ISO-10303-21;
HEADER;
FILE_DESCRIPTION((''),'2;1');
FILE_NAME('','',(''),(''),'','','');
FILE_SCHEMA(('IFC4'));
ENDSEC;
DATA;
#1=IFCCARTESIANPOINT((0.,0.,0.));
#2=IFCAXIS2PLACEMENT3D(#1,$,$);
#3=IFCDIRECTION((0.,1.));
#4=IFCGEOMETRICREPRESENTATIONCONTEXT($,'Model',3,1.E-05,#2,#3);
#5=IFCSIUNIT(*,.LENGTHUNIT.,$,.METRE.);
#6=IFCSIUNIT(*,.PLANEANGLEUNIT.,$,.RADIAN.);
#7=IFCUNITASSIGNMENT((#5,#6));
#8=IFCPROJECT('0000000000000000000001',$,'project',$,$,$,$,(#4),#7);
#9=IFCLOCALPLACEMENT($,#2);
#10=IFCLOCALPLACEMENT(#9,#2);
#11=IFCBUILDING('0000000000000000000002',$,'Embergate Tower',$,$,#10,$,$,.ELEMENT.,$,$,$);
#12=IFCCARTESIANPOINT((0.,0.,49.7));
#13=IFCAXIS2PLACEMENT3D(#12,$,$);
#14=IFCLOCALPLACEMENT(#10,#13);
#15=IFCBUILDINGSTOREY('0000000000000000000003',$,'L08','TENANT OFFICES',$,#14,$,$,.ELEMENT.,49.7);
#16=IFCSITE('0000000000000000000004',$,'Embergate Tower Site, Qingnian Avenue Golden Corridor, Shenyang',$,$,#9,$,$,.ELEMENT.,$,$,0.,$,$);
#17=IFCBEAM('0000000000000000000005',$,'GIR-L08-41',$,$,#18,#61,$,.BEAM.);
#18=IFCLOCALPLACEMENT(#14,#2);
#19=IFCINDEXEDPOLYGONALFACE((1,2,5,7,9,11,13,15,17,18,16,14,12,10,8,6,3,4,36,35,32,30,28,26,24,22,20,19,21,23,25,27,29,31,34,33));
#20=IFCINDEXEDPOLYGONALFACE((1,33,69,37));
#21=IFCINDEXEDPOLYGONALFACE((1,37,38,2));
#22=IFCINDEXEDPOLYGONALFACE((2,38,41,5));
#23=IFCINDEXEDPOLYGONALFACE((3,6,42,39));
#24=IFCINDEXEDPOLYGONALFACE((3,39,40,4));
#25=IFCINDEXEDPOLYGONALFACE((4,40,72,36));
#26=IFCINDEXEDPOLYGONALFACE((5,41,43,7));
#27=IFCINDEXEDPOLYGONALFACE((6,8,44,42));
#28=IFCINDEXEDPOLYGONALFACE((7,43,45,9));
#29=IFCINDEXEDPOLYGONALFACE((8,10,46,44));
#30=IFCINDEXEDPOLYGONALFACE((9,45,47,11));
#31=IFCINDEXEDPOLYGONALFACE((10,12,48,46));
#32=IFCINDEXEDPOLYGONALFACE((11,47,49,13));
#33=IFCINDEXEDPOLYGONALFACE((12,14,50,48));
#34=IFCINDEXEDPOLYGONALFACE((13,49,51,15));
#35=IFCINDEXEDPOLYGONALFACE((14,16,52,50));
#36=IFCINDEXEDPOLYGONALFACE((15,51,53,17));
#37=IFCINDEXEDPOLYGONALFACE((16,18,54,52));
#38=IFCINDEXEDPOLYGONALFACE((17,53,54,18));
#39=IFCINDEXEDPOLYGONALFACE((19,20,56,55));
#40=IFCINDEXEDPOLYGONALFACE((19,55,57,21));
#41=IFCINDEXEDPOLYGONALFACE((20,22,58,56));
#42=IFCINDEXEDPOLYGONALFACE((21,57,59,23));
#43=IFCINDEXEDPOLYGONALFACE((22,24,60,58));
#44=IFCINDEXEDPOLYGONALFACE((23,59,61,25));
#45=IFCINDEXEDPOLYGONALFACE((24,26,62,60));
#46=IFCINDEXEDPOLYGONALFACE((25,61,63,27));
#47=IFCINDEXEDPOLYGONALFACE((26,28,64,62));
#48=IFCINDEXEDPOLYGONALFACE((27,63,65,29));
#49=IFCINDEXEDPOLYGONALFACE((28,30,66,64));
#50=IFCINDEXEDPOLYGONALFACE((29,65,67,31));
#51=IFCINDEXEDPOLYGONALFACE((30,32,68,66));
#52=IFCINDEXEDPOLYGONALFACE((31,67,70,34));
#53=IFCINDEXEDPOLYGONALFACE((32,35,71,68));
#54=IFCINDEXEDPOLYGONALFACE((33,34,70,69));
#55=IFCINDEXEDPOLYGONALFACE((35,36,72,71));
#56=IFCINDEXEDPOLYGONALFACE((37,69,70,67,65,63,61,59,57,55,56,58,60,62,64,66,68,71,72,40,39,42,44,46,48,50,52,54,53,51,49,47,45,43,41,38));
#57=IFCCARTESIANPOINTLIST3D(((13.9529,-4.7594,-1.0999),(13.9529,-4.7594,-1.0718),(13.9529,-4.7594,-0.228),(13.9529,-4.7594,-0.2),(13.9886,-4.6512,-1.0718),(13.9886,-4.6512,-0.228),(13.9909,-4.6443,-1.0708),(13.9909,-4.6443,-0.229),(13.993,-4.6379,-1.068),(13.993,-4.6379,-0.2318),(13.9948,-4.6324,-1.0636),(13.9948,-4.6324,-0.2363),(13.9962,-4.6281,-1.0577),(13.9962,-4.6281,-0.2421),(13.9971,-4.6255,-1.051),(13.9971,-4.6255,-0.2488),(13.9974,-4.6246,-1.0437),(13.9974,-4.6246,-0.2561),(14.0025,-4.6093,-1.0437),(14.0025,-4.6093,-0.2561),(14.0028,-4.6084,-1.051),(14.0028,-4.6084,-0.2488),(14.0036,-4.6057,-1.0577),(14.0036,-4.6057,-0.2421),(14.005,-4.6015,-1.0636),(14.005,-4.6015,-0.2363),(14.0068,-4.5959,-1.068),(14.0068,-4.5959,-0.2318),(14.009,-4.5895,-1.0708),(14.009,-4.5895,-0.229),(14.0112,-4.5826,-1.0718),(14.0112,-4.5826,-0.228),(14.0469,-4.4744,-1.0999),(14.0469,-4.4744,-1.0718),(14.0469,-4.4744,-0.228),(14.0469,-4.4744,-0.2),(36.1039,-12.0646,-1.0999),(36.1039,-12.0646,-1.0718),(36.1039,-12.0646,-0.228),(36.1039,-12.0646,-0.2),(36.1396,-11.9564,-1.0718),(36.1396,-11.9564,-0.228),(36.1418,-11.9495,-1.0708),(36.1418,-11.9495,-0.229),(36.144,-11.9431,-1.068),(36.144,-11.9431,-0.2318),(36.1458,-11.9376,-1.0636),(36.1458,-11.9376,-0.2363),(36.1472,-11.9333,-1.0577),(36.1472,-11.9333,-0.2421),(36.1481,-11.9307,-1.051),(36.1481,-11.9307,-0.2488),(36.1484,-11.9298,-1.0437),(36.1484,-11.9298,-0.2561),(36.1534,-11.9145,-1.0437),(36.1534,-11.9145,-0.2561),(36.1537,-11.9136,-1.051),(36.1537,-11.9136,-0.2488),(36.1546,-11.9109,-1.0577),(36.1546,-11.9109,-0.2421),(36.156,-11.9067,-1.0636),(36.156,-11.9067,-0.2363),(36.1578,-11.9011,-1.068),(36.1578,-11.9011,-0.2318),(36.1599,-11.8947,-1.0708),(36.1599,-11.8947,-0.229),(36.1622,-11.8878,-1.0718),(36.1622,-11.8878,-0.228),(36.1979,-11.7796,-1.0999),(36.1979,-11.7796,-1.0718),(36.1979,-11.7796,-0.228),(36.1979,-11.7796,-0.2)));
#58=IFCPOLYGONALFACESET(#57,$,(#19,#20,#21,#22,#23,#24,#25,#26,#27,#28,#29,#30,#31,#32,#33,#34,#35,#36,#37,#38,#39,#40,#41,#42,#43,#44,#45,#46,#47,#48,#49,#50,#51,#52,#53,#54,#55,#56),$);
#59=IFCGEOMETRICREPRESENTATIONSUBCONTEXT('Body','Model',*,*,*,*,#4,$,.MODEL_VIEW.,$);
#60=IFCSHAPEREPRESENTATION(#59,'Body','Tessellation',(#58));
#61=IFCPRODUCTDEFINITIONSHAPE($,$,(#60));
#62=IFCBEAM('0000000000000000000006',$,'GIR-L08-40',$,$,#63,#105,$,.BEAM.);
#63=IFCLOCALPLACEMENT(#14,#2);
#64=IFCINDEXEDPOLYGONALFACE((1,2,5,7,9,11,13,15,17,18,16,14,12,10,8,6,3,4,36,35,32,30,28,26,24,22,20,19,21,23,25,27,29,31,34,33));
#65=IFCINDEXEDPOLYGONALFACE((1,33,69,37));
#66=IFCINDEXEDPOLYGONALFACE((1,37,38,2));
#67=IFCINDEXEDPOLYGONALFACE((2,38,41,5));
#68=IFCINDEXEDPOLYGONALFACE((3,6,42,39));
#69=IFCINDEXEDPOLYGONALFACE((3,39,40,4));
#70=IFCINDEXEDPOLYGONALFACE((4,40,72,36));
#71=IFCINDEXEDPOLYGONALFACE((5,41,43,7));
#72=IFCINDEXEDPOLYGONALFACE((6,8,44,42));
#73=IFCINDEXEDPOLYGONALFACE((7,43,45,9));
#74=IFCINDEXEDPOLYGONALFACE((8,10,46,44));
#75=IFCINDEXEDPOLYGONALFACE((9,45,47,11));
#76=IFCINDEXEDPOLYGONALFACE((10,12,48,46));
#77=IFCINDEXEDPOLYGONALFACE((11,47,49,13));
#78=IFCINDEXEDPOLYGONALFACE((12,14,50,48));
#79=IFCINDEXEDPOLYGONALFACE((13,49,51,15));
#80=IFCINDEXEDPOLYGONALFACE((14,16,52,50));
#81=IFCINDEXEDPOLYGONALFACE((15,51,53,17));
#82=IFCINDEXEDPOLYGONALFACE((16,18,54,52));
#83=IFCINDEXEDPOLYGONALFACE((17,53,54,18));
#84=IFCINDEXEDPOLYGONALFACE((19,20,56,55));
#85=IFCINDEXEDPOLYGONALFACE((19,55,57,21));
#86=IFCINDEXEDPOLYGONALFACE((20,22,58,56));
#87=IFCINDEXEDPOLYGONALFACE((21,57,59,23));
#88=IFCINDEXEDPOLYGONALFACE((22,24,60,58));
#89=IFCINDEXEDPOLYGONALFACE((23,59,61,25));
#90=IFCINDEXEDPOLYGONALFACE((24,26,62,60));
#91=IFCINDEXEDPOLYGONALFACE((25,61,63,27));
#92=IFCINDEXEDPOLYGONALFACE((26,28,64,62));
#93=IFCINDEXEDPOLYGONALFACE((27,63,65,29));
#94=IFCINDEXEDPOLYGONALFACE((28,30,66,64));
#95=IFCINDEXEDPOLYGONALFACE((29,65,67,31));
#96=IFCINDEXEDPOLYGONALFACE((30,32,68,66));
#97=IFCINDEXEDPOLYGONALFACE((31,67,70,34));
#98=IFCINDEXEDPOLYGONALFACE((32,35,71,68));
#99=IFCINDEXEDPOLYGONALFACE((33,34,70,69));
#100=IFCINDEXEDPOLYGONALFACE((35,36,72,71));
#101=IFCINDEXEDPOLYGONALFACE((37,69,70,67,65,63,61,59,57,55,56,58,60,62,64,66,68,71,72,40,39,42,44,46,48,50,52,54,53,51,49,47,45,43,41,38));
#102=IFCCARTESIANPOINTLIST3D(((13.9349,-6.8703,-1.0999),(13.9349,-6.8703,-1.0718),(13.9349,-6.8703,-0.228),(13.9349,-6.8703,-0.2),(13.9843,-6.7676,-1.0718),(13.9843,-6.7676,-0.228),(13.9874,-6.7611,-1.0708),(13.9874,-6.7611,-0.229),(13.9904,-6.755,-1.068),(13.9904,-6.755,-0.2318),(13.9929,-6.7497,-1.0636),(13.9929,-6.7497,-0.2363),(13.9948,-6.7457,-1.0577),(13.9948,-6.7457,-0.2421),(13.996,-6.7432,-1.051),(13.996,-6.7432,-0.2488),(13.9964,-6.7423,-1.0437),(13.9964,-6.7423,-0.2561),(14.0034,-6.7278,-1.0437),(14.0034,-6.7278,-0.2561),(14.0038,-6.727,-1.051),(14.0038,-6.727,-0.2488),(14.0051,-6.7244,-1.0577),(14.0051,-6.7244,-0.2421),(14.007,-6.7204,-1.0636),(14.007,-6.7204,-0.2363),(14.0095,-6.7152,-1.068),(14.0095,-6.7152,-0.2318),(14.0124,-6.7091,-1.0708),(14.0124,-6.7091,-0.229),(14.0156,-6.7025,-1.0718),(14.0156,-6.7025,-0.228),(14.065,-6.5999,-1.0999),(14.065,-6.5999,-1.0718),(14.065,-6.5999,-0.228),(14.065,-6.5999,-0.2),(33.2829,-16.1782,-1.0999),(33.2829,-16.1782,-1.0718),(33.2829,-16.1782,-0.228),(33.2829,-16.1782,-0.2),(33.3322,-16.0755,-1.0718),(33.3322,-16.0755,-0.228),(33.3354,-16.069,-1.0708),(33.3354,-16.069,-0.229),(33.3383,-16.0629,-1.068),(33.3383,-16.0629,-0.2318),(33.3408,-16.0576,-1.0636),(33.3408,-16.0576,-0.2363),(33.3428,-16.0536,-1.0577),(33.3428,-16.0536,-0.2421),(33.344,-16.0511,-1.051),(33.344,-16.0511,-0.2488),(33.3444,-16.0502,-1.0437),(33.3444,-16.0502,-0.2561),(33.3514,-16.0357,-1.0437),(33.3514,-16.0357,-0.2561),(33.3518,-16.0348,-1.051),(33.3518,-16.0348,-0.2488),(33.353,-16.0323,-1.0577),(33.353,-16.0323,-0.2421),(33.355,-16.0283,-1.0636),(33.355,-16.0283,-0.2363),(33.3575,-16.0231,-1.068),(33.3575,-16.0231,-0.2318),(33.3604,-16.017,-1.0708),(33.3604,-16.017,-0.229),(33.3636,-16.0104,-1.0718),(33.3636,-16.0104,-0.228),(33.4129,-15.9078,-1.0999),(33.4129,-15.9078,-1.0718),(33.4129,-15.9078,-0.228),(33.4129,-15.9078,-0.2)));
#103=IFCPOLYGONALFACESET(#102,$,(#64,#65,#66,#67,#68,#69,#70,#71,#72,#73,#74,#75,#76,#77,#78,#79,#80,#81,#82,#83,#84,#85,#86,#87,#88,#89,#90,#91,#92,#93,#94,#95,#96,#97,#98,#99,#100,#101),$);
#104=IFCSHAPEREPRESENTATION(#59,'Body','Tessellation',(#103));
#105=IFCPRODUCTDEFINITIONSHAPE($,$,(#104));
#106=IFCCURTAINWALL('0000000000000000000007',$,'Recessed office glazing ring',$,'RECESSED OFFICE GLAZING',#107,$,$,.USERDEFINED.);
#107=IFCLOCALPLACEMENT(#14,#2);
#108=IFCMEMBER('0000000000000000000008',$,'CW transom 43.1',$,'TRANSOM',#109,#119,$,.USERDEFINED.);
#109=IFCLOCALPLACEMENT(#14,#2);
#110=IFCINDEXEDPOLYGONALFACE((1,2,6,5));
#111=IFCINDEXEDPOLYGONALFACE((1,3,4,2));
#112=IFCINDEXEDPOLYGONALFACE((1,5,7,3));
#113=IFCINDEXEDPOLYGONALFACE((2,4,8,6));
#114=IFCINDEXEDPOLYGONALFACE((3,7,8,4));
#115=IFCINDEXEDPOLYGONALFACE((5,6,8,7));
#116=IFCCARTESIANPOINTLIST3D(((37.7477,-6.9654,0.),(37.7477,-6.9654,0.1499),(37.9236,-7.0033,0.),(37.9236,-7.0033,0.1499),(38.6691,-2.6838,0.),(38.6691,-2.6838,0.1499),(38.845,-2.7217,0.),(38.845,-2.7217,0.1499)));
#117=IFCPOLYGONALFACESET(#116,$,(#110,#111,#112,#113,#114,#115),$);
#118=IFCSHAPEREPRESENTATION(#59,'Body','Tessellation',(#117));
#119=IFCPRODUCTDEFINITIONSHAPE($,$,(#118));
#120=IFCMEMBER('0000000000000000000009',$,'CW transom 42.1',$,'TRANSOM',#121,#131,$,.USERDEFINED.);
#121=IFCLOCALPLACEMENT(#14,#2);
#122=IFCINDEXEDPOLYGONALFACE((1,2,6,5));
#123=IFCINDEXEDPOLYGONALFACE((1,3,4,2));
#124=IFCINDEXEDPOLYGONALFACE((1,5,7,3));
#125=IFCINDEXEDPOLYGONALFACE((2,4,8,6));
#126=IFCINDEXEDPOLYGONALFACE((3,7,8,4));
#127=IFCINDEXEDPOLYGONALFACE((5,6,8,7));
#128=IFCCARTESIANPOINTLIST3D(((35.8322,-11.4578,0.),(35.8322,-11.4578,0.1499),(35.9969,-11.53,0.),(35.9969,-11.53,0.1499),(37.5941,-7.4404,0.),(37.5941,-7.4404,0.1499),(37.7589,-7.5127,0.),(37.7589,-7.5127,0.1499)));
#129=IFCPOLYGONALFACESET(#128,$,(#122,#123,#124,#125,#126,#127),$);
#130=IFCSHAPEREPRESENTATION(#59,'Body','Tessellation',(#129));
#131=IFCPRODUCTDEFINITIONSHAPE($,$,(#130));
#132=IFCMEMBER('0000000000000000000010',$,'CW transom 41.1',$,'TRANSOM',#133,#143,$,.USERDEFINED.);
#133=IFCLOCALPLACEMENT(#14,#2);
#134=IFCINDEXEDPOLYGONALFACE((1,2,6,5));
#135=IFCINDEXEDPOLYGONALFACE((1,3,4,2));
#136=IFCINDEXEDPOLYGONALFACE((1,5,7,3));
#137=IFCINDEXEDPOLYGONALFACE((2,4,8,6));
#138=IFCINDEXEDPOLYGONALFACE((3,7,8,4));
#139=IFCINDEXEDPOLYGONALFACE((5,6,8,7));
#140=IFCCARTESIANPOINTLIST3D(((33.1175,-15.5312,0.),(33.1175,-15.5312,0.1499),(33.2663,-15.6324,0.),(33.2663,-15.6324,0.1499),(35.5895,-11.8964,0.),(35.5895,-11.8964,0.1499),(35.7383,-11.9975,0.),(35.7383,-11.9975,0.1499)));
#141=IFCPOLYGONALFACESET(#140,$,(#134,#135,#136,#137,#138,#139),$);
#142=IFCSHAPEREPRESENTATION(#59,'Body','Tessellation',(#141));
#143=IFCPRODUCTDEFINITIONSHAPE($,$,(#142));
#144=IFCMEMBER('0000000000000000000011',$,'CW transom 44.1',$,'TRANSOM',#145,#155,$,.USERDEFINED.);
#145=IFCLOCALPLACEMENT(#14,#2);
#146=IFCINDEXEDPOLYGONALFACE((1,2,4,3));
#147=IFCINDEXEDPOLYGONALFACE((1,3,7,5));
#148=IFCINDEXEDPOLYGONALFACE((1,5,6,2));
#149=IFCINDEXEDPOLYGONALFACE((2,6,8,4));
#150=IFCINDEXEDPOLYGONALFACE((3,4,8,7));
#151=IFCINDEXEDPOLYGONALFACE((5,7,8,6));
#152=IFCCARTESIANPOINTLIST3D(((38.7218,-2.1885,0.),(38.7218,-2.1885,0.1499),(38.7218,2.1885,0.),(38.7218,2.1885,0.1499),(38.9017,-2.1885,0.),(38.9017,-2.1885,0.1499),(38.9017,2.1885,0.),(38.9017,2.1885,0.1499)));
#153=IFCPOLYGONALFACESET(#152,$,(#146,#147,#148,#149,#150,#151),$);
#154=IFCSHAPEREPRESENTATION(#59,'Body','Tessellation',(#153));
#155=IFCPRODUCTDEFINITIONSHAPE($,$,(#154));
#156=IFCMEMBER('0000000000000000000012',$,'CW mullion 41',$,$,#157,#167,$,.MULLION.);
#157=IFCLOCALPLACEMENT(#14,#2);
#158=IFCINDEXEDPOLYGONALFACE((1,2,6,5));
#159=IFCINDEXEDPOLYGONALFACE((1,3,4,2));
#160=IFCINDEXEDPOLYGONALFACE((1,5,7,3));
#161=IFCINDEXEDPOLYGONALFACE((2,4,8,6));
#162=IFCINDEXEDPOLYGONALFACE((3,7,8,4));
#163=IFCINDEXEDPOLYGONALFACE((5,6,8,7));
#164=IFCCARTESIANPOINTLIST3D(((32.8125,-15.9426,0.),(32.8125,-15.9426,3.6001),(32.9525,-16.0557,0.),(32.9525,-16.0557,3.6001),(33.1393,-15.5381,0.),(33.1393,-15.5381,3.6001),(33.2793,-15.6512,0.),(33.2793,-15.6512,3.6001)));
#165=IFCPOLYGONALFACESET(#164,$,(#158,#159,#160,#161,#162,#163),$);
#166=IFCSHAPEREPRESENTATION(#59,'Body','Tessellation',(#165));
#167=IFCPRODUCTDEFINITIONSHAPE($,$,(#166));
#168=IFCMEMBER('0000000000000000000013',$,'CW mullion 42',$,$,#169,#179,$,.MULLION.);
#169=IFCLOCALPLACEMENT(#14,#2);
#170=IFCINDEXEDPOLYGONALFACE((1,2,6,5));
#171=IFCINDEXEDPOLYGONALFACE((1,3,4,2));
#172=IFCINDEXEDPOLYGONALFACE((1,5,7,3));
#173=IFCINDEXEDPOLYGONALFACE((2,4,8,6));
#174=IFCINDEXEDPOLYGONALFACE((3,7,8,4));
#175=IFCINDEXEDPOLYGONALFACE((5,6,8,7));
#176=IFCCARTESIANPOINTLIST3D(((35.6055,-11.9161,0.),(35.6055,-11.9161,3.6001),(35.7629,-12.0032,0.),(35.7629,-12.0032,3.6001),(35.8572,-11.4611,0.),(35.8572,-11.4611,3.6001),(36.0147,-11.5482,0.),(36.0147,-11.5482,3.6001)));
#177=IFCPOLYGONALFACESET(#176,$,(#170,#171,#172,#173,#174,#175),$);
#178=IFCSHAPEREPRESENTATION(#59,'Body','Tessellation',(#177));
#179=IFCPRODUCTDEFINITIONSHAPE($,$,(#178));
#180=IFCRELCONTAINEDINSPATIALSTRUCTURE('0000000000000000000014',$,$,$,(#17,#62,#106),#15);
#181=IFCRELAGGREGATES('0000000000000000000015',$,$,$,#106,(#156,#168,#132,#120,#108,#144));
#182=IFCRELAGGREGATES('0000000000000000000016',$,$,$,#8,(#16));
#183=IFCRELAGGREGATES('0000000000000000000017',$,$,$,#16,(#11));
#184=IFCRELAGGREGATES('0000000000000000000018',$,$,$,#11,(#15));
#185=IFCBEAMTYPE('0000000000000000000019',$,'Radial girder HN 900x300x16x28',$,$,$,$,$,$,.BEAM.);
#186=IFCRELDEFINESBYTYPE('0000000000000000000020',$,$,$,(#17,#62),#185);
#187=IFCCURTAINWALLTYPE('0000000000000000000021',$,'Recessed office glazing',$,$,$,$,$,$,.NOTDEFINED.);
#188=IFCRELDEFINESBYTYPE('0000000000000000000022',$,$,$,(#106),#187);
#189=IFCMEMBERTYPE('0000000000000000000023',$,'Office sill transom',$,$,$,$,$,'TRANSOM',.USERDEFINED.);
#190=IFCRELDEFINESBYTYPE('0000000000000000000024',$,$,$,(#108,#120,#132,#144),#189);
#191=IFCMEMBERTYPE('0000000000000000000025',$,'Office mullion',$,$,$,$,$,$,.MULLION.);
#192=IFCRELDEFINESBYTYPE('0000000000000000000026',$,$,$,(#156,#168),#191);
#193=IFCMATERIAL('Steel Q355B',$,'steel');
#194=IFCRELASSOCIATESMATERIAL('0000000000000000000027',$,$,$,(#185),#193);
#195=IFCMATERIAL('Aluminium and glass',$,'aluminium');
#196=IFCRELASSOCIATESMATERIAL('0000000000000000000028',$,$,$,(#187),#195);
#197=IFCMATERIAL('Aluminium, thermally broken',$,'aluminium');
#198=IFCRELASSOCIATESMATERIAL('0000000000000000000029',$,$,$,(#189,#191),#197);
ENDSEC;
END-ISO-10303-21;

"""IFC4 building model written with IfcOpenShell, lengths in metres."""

from ifc_helpers import new_model, si_unit, direction, frame, origin, origin_2d, place, context, subcontext, project, spatial, rectangle, i_section, extrude, source, transform, mapped, material, material_profile, profile_set, type_object, element, aggregate, save


model = new_model("IFC4")

# Units and contexts
model_context = context("Model", 3, precision=1e-05, world=origin(), true_north=direction((0.0, 1.0)))
body_context = subcontext(model_context, "Body", "Model", "MODEL_VIEW")
ifc_project = project(units=[si_unit("LENGTHUNIT", "METRE"), si_unit("PLANEANGLEUNIT", "RADIAN")], contexts=[model_context])

# Site, building, storey
site_placement = place(None, origin())
site = spatial("IfcSite", under=ifc_project, at=site_placement, Name="Embergate Tower Site, Qingnian Avenue Golden Corridor, Shenyang", CompositionType="ELEMENT", RefElevation=0.0)
building_placement = place(site_placement, origin())
building = spatial("IfcBuilding", under=site, at=building_placement, Name="Embergate Tower", CompositionType="ELEMENT")
storey_placement = place(building_placement, frame((0.0, 0.0, 49.7)))
storey = spatial("IfcBuildingStorey", under=building, at=storey_placement, Name="L08", Description="TENANT OFFICES", CompositionType="ELEMENT", Elevation=49.7)

# Beams
ifc_material_1 = material(Name="Steel Q355B", Category="steel")
ifc_material_profile_1 = material_profile(ifc_material_1, i_section(OverallWidth=0.3, OverallDepth=0.8999, WebThickness=0.0161, FlangeThickness=0.0281, FilletRadius=0.0281, at=origin_2d()), Name="HN 900x300x16x28")
ifc_profile_set_1 = profile_set([ifc_material_profile_1], Name="Steel Q355 grade B")
beam_type_1 = type_object("IfcBeamType", Name="Radial girder HN 900x300x16x28", PredefinedType="BEAM", material=ifc_profile_set_1)
shared_shape_1 = source(origin(), body_context, "Body", "SweptSolid", [
    extrude(i_section(OverallWidth=0.3, OverallDepth=0.8999, WebThickness=0.0161, FlangeThickness=0.0281, FilletRadius=0.0281, at=origin_2d()), origin(), (0.0, 0.0, 1.0), 23.3245),
])
beam_1_placement = place(storey_placement, frame((36.1509, -11.9221, -0.6499), z_axis=(-0.949688, 0.313199, 0.0), x_axis=(-0.313199, -0.949688, 0.0)))
element("IfcBeam", 1, at=beam_1_placement, inside=storey, type_object=beam_type_1, Name="GIR-L08-41", PredefinedType="BEAM", context=body_context, shape_type="MappedRepresentation", body=[
    mapped(shared_shape_1, transform((0.0, 0.0, 0.0))),
])
shared_shape_2 = source(origin(), body_context, "Body", "SweptSolid", [
    extrude(i_section(OverallWidth=0.3, OverallDepth=0.8999, WebThickness=0.0161, FlangeThickness=0.0281, FilletRadius=0.0281, at=origin_2d()), origin(), (0.0, 0.0, 1.0), 21.4705),
])
beam_2_placement = place(storey_placement, frame((33.3479, -16.043, -0.6499), z_axis=(-0.901144, 0.433521, 0.0), x_axis=(-0.433521, -0.901144, 0.0)))
element("IfcBeam", 2, at=beam_2_placement, inside=storey, type_object=beam_type_1, Name="GIR-L08-40", PredefinedType="BEAM", context=body_context, shape_type="MappedRepresentation", body=[
    mapped(shared_shape_2, transform((0.0, 0.0, 0.0))),
])

# Curtain wall, members
ifc_material_2 = material(Name="Aluminium and glass", Category="aluminium")
curtain_wall_type = type_object("IfcCurtainWallType", Name="Recessed office glazing", PredefinedType="NOTDEFINED", material=ifc_material_2)
curtain_wall_placement = place(storey_placement, origin())
curtain_wall = element("IfcCurtainWall", 3, at=curtain_wall_placement, inside=storey, type_object=curtain_wall_type, Name="Recessed office glazing ring", ObjectType="RECESSED OFFICE GLAZING", PredefinedType="USERDEFINED")
ifc_material_3 = material(Name="Aluminium, thermally broken", Category="aluminium")
ifc_material_profile_2 = material_profile(ifc_material_3, rectangle(XDim=0.1799, YDim=0.1499, at=origin_2d()), Name="AL 150x180")
ifc_profile_set_2 = profile_set([ifc_material_profile_2], Name="Aluminium, thermally broken")
member_type_1 = type_object("IfcMemberType", Name="Office sill transom", ElementType="TRANSOM", PredefinedType="USERDEFINED", material=ifc_profile_set_2)
shared_shape_3 = source(origin(), body_context, "Body", "SweptSolid", [
    extrude(rectangle(XDim=0.1799, YDim=0.1499, at=origin_2d()), origin(), (0.0, 0.0, 1.0), 4.3796),
])
member_1_placement = place(storey_placement, frame((37.8357, -6.9844, 0.075), z_axis=(0.210374, 0.977621, 0.0), x_axis=(-0.977621, 0.210374, 0.0)))
member_1 = element("IfcMember", 4, at=member_1_placement, type_object=member_type_1, Name="CW transom 43.1", ObjectType="TRANSOM", PredefinedType="USERDEFINED", context=body_context, shape_type="MappedRepresentation", body=[
    mapped(shared_shape_3, transform((0.0, 0.0, 0.0))),
])
shared_shape_4 = source(origin(), body_context, "Body", "SweptSolid", [
    extrude(rectangle(XDim=0.1799, YDim=0.1499, at=origin_2d()), origin(), (0.0, 0.0, 1.0), 4.3867),
])
member_2_placement = place(storey_placement, frame((35.9146, -11.4939, 0.075), z_axis=(0.401657, 0.91579, 0.0), x_axis=(-0.91579, 0.401657, 0.0)))
member_2 = element("IfcMember", 5, at=member_2_placement, type_object=member_type_1, Name="CW transom 42.1", ObjectType="TRANSOM", PredefinedType="USERDEFINED", context=body_context, shape_type="MappedRepresentation", body=[
    mapped(shared_shape_4, transform((0.0, 0.0, 0.0))),
])
shared_shape_5 = source(origin(), body_context, "Body", "SweptSolid", [
    extrude(rectangle(XDim=0.1799, YDim=0.1499, at=origin_2d()), origin(), (0.0, 0.0, 1.0), 4.3958),
])
member_3_placement = place(storey_placement, frame((33.1919, -15.5818, 0.075), z_axis=(0.562354, 0.826897, 0.0), x_axis=(-0.826897, 0.562354, 0.0)))
member_3 = element("IfcMember", 6, at=member_3_placement, type_object=member_type_1, Name="CW transom 41.1", ObjectType="TRANSOM", PredefinedType="USERDEFINED", context=body_context, shape_type="MappedRepresentation", body=[
    mapped(shared_shape_5, transform((0.0, 0.0, 0.0))),
])
shared_shape_6 = source(origin(), body_context, "Body", "SweptSolid", [
    extrude(rectangle(XDim=0.1799, YDim=0.1499, at=origin_2d()), origin(), (0.0, 0.0, 1.0), 4.377),
])
member_4_placement = place(storey_placement, frame((38.8118, -2.1885, 0.075), z_axis=(0.0, 1.0, 0.0), x_axis=(-1.0, 0.0, 0.0)))
member_4 = element("IfcMember", 7, at=member_4_placement, type_object=member_type_1, Name="CW transom 44.1", ObjectType="TRANSOM", PredefinedType="USERDEFINED", context=body_context, shape_type="MappedRepresentation", body=[
    mapped(shared_shape_6, transform((0.0, 0.0, 0.0))),
])
ifc_material_profile_3 = material_profile(ifc_material_3, rectangle(XDim=0.1799, YDim=0.52, at=origin_2d()), Name="AL 520x180")
ifc_profile_set_3 = profile_set([ifc_material_profile_3], Name="Aluminium, thermally broken")
member_type_2 = type_object("IfcMemberType", Name="Office mullion", PredefinedType="MULLION", material=ifc_profile_set_3)
shared_shape_7 = source(origin(), body_context, "Body", "SweptSolid", [
    extrude(rectangle(XDim=0.1799, YDim=0.52, at=origin_2d()), origin(), (0.0, 0.0, 1.0), 3.6001),
])
member_5_placement = place(storey_placement, frame((33.0459, -15.7969, 0.0), z_axis=(0.0, 0.0, 1.0), x_axis=(-0.777876, 0.628418, 0.0)))
member_5 = element("IfcMember", 8, at=member_5_placement, type_object=member_type_2, Name="CW mullion 41", PredefinedType="MULLION", context=body_context, shape_type="MappedRepresentation", body=[
    mapped(shared_shape_7, transform((0.0, 0.0, 0.0))),
])
member_6_placement = place(storey_placement, frame((35.8101, -11.7322, 0.0), z_axis=(0.0, 0.0, 1.0), x_axis=(-0.875004, 0.484115, 0.0)))
member_6 = element("IfcMember", 9, at=member_6_placement, type_object=member_type_2, Name="CW mullion 42", PredefinedType="MULLION", context=body_context, shape_type="MappedRepresentation", body=[
    mapped(shared_shape_7, transform((0.0, 0.0, 0.0))),
])
aggregate(curtain_wall, [member_5, member_6, member_3, member_2, member_1, member_4])

save(model, "model.ifc")
